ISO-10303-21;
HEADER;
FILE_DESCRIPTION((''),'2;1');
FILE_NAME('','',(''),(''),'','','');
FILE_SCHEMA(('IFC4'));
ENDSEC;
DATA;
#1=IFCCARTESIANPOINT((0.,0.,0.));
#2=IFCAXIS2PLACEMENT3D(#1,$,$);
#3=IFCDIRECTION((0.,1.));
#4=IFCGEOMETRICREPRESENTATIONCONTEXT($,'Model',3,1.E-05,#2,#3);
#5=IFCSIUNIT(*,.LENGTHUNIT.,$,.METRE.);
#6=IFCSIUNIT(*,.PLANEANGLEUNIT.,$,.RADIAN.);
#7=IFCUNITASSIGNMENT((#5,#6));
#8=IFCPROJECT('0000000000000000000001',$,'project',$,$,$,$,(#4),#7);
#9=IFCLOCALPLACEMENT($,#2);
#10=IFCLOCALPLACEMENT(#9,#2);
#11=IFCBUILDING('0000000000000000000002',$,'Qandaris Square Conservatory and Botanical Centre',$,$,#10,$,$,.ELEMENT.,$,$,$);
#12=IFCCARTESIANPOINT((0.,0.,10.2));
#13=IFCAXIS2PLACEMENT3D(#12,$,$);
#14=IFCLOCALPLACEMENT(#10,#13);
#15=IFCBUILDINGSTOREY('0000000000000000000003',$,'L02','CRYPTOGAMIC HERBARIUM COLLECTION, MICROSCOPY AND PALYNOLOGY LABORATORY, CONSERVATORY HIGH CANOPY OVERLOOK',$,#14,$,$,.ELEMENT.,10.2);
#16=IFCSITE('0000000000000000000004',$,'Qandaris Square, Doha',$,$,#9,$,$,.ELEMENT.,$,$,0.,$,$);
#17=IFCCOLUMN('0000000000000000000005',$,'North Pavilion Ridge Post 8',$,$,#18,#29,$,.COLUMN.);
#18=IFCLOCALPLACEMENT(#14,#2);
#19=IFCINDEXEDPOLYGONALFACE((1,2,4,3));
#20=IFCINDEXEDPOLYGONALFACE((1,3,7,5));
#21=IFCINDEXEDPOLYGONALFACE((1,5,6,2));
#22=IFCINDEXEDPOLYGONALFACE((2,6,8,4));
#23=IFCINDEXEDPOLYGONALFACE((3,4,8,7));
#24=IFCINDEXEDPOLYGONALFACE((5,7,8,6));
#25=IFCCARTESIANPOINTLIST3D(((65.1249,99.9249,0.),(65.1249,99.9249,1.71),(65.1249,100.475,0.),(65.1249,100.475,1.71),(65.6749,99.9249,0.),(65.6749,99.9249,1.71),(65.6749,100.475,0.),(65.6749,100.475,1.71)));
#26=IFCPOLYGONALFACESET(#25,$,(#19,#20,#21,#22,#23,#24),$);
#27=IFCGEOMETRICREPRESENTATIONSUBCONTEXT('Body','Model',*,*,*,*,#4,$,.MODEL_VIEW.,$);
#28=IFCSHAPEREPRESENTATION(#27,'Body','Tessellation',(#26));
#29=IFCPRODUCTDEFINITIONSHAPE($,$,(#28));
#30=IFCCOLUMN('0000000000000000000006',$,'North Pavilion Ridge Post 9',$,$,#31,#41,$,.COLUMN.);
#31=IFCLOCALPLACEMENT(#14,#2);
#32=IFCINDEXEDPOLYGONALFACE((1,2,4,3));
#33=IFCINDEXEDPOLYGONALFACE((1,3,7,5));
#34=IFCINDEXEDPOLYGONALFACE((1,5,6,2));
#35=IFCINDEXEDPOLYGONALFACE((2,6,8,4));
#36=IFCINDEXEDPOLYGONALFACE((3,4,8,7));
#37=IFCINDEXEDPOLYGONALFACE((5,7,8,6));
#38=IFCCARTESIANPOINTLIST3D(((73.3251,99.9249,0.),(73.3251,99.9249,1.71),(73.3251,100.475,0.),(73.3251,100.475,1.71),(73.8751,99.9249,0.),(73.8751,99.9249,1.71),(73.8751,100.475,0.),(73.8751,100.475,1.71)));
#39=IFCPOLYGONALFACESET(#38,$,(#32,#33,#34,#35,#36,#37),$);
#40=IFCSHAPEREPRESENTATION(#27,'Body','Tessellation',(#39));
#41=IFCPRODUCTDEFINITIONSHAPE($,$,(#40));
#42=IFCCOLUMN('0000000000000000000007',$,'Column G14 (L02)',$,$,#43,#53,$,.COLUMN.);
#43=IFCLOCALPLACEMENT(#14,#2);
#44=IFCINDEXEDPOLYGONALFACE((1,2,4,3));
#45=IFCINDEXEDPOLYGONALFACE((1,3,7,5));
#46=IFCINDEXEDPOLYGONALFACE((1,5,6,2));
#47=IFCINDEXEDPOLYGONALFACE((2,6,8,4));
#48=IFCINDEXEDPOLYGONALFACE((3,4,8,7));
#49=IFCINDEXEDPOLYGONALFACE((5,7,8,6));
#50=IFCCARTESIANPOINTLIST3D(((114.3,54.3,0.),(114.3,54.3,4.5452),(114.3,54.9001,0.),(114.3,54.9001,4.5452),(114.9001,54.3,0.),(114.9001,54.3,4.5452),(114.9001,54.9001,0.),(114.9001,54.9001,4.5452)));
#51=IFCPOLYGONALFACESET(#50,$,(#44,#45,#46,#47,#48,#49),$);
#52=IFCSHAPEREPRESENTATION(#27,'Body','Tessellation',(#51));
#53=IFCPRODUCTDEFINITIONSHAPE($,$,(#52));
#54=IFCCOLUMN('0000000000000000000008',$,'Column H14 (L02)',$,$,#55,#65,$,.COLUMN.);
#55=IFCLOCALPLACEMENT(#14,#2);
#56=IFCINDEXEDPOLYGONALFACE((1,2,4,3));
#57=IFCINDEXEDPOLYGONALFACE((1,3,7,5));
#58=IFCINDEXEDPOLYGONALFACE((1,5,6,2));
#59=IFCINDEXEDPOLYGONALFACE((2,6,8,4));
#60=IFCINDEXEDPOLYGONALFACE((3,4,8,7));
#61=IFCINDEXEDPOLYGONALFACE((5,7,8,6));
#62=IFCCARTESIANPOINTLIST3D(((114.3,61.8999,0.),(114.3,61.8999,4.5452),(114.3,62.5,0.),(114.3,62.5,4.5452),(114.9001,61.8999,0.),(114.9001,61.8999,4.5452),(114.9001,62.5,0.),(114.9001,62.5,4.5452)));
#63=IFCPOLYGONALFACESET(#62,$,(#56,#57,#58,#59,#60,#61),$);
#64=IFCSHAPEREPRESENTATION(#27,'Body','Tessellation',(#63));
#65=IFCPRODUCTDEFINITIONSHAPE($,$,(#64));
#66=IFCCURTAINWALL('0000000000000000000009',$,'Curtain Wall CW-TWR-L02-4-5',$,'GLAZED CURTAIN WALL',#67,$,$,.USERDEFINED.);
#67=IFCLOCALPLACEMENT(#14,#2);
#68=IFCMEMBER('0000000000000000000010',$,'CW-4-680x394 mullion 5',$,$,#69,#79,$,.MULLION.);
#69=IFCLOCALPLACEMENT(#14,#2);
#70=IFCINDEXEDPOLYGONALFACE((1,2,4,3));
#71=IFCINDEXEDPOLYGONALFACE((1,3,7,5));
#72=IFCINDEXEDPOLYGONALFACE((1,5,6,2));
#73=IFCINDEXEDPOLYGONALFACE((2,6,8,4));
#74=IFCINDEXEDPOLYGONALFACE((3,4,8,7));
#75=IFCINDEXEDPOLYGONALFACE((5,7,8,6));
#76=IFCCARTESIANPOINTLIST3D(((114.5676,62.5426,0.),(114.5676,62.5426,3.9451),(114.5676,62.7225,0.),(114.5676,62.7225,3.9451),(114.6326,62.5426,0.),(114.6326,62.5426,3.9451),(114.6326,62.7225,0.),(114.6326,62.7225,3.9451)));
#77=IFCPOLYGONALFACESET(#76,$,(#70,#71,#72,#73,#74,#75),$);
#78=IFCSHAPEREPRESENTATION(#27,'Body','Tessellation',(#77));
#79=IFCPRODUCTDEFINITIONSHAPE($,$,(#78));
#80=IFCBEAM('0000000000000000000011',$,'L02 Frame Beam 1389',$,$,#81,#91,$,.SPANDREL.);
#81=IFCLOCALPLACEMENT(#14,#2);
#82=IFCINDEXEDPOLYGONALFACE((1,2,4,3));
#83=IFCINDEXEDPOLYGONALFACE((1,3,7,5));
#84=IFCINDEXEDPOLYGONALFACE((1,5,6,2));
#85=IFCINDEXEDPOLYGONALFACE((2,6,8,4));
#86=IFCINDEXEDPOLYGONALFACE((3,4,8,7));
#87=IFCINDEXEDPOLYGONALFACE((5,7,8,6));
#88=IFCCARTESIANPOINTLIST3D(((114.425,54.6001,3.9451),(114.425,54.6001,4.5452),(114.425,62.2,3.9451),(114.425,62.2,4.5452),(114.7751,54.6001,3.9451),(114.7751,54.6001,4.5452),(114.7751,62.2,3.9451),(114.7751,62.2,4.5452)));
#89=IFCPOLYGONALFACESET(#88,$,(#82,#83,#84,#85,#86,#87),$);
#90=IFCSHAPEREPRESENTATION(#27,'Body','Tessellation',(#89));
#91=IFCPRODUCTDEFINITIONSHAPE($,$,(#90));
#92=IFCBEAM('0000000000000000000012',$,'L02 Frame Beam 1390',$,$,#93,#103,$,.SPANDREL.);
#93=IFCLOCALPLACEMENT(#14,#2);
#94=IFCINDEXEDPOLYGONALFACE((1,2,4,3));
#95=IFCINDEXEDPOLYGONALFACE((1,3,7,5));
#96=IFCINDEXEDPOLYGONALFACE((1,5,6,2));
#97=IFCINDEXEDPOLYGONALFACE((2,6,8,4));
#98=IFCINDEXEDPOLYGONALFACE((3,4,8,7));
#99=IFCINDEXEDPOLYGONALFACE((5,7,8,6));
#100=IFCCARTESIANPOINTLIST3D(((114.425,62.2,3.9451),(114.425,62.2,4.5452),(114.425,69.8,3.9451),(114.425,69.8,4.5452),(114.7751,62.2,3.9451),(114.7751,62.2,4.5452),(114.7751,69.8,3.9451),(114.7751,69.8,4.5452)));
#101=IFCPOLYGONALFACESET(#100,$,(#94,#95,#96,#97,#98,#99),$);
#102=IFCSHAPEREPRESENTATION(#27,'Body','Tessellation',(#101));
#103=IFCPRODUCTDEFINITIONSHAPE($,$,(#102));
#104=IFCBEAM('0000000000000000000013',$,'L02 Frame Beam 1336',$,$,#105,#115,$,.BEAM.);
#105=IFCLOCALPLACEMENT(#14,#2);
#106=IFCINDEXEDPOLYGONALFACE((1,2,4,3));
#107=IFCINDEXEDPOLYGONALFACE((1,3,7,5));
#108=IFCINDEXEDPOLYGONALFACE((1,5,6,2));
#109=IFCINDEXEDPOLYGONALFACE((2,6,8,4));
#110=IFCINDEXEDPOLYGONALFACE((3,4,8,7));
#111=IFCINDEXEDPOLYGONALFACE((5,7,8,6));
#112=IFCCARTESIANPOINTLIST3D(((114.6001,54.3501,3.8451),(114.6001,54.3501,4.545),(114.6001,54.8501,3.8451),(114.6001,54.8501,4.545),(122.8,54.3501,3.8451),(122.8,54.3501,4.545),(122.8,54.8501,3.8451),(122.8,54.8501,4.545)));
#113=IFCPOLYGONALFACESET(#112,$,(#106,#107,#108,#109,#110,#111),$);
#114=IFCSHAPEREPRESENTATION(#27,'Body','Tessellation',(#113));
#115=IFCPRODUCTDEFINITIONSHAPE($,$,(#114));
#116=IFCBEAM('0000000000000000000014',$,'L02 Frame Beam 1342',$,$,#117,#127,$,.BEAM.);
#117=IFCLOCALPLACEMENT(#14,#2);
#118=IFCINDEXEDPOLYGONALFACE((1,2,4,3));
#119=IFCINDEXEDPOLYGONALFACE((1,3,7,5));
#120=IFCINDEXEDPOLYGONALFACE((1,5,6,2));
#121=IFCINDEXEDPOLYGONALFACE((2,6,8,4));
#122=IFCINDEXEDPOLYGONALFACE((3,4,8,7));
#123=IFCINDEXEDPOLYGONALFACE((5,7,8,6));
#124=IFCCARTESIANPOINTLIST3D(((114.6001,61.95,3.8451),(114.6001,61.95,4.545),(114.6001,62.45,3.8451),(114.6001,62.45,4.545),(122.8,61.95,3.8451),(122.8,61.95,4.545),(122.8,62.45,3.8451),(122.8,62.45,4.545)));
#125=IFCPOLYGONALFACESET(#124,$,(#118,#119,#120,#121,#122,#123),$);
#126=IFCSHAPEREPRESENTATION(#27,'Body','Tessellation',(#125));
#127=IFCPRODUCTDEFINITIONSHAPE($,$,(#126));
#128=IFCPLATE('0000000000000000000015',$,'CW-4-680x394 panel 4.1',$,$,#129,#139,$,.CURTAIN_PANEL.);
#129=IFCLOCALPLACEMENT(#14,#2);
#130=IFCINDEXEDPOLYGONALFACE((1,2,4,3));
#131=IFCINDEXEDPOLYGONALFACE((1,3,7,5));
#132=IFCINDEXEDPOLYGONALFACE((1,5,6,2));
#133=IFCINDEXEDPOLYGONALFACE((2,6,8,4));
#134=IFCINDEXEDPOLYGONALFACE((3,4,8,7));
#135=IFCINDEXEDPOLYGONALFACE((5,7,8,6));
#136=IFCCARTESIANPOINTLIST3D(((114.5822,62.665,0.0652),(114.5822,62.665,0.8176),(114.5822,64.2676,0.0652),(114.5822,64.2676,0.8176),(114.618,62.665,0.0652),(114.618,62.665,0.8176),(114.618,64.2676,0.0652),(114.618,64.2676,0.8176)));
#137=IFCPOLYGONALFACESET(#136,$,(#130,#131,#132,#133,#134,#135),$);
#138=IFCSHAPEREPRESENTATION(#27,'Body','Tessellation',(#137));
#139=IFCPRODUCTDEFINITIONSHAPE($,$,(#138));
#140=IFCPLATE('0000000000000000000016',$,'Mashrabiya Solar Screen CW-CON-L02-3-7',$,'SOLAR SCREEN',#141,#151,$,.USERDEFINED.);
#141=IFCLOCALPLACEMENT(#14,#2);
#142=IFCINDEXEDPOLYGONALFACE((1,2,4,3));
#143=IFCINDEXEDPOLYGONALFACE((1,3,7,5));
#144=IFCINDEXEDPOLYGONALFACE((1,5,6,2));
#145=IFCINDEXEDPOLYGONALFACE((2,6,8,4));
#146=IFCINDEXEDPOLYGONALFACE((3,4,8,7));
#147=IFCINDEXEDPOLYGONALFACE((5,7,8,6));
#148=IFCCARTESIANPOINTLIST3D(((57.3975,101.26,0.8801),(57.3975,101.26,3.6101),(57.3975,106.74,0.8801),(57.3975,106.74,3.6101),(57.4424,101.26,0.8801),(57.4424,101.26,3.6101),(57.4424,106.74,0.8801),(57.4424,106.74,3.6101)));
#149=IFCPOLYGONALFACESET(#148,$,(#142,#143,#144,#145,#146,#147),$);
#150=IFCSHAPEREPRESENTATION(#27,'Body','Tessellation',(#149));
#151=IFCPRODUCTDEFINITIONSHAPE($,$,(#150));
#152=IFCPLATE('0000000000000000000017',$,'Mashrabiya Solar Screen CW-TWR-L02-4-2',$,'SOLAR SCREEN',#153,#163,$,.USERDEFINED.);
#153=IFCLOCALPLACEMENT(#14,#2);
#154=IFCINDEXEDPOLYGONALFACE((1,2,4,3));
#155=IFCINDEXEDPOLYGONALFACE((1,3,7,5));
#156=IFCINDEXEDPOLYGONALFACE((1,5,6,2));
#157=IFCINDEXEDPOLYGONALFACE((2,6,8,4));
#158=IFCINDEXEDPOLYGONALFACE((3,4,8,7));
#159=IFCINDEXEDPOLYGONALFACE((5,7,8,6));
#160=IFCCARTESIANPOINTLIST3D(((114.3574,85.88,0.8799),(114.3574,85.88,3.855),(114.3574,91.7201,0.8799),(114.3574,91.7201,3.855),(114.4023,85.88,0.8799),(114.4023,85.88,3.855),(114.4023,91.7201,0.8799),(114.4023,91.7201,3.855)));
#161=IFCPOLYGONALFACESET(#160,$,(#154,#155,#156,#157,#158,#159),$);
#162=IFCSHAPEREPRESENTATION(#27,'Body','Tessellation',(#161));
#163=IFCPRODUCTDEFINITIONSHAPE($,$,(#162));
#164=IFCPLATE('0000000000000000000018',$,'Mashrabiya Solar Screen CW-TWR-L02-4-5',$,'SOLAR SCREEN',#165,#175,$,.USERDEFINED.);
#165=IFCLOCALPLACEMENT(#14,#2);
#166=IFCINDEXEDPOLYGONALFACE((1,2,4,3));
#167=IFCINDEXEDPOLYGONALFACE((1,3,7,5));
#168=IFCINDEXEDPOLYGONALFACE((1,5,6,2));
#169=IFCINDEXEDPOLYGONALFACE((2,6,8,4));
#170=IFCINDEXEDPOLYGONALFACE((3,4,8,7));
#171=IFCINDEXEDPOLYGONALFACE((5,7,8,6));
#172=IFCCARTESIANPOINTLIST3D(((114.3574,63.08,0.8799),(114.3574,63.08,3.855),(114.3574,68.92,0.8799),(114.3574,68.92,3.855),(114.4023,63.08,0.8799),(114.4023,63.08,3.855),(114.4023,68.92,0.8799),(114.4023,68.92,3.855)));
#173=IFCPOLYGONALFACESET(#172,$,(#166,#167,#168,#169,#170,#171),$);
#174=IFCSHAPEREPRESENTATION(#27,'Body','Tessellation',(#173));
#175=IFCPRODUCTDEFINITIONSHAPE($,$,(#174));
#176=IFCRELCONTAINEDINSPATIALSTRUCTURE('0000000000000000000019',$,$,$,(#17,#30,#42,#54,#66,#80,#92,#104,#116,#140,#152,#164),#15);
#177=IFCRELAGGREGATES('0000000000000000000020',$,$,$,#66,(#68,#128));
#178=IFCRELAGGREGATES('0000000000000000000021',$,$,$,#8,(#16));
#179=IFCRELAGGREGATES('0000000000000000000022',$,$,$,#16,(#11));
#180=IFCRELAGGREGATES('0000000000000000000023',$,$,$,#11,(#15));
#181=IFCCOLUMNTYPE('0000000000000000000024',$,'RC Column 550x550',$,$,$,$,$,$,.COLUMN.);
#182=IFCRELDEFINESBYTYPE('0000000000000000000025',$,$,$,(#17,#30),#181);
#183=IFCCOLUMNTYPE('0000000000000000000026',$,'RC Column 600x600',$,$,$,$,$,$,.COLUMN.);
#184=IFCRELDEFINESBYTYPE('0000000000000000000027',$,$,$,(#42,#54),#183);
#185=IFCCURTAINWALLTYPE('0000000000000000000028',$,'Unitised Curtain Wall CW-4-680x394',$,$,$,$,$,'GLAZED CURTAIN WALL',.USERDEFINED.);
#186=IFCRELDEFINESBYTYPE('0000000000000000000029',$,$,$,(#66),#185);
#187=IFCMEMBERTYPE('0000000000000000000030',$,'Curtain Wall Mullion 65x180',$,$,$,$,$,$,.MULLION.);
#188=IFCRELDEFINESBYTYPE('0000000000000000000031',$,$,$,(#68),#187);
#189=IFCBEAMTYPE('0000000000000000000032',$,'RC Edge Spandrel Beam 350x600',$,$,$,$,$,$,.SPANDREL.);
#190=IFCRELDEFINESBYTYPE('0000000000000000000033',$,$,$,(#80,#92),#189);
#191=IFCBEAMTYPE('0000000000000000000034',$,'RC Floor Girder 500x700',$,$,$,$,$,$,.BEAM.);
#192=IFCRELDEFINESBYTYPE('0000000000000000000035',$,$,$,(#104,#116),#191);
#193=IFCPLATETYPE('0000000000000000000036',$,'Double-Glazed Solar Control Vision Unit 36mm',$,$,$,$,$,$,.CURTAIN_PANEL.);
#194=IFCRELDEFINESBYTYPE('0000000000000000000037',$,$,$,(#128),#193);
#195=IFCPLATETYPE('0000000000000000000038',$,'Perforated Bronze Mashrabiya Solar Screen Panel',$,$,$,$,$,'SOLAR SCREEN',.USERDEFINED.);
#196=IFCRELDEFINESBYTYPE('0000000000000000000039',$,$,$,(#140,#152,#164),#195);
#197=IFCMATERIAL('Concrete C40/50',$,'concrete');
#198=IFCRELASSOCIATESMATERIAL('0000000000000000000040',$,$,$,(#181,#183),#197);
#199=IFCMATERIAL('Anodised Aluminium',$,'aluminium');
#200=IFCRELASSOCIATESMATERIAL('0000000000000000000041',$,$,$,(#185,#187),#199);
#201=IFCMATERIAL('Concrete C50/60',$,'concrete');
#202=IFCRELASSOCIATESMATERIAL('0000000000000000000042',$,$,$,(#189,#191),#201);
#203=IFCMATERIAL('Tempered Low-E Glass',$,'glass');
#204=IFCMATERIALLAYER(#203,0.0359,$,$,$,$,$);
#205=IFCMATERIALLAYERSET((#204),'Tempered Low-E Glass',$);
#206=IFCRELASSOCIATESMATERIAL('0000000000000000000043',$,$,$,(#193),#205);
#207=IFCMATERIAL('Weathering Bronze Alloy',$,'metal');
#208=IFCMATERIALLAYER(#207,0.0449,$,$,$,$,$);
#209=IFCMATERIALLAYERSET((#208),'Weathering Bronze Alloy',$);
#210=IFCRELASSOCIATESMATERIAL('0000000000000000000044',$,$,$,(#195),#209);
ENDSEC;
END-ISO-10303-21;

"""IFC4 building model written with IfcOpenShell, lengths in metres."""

from ifc_helpers import new_model, si_unit, direction, frame, origin, origin_2d, place, context, subcontext, project, spatial, rectangle, extrude, material, layer, layer_set, material_profile, profile_set, type_object, element, aggregate, save


model = new_model("IFC4")

# Units and contexts
model_context = context("Model", 3, precision=1e-05, world=origin(), true_north=direction((0.0, 1.0)))
body_context = subcontext(model_context, "Body", "Model", "MODEL_VIEW")
ifc_project = project(units=[si_unit("LENGTHUNIT", "METRE"), si_unit("PLANEANGLEUNIT", "RADIAN")], contexts=[model_context])

# Site, building, storey
site_placement = place(None, origin())
site = spatial("IfcSite", under=ifc_project, at=site_placement, Name="Qandaris Square, Doha", CompositionType="ELEMENT", RefElevation=0.0)
building_placement = place(site_placement, origin())
building = spatial("IfcBuilding", under=site, at=building_placement, Name="Qandaris Square Conservatory and Botanical Centre", CompositionType="ELEMENT")
storey_placement = place(building_placement, frame((0.0, 0.0, 10.2)))
storey = spatial("IfcBuildingStorey", under=building, at=storey_placement, Name="L02", Description="CRYPTOGAMIC HERBARIUM COLLECTION, MICROSCOPY AND PALYNOLOGY LABORATORY, CONSERVATORY HIGH CANOPY OVERLOOK", CompositionType="ELEMENT", Elevation=10.2)

# Columns
ifc_material_1 = material(Name="Concrete C40/50", Category="concrete")
ifc_material_profile_1 = material_profile(ifc_material_1, rectangle(XDim=0.55, YDim=0.55, at=origin_2d()), Name="RC-COL 550x550")
ifc_profile_set_1 = profile_set([ifc_material_profile_1], Name="Concrete C40/50")
column_type_1 = type_object("IfcColumnType", Name="RC Column 550x550", PredefinedType="COLUMN", material=ifc_profile_set_1)
for number, where, z_axis, x_axis, name in (
    (1, (65.3999, 100.2, 0.0), (0.0, 0.0, 1.0), (1.0, 0.0, 0.0), "North Pavilion Ridge Post 8"),
    (2, (73.6001, 100.2, 0.0), (0.0, 0.0, 1.0), (1.0, 0.0, 0.0), "North Pavilion Ridge Post 9"),
):
    element("IfcColumn", number, at=place(storey_placement, frame(where, z_axis=z_axis, x_axis=x_axis)), inside=storey, type_object=column_type_1, Name=name, PredefinedType="COLUMN", context=body_context, shape_type="SweptSolid", body=[
        extrude(rectangle(XDim=0.55, YDim=0.55, at=origin_2d()), origin(), (0.0, 0.0, 1.0), 1.71),
    ])
ifc_material_profile_2 = material_profile(ifc_material_1, rectangle(XDim=0.6001, YDim=0.6001, at=origin_2d()), Name="RC-COL 600x600")
ifc_profile_set_2 = profile_set([ifc_material_profile_2], Name="Concrete C40/50")
column_type_2 = type_object("IfcColumnType", Name="RC Column 600x600", PredefinedType="COLUMN", material=ifc_profile_set_2)
for number, where, z_axis, x_axis, name in (
    (3, (114.6001, 54.6001, 0.0), (0.0, 0.0, 1.0), (1.0, 0.0, 0.0), "Column G14 (L02)"),
    (4, (114.6001, 62.2, 0.0), (0.0, 0.0, 1.0), (1.0, 0.0, 0.0), "Column H14 (L02)"),
):
    element("IfcColumn", number, at=place(storey_placement, frame(where, z_axis=z_axis, x_axis=x_axis)), inside=storey, type_object=column_type_2, Name=name, PredefinedType="COLUMN", context=body_context, shape_type="SweptSolid", body=[
        extrude(rectangle(XDim=0.6001, YDim=0.6001, at=origin_2d()), origin(), (0.0, 0.0, 1.0), 4.5452),
    ])

# Curtain wall, member
ifc_material_2 = material(Name="Anodised Aluminium", Category="aluminium")
curtain_wall_type = type_object("IfcCurtainWallType", Name="Unitised Curtain Wall CW-4-680x394", ElementType="GLAZED CURTAIN WALL", PredefinedType="USERDEFINED", material=ifc_material_2)
curtain_wall_placement = place(storey_placement, origin())
curtain_wall = element("IfcCurtainWall", 5, at=curtain_wall_placement, inside=storey, type_object=curtain_wall_type, Name="Curtain Wall CW-TWR-L02-4-5", ObjectType="GLAZED CURTAIN WALL", PredefinedType="USERDEFINED")
ifc_material_profile_3 = material_profile(ifc_material_2, rectangle(XDim=0.0649, YDim=0.1799, at=origin_2d()), Name="ALU-MUL 65x180")
ifc_profile_set_3 = profile_set([ifc_material_profile_3], Name="Anodised Aluminium")
member_type = type_object("IfcMemberType", Name="Curtain Wall Mullion 65x180", PredefinedType="MULLION", material=ifc_profile_set_3)
member_placement = place(storey_placement, frame((114.6001, 62.6326, 0.0), z_axis=(0.0, 0.0, 1.0), x_axis=(1.0, 0.0, 0.0)))
member = element("IfcMember", 6, at=member_placement, type_object=member_type, Name="CW-4-680x394 mullion 5", PredefinedType="MULLION", context=body_context, shape_type="SweptSolid", body=[
    extrude(rectangle(XDim=0.0649, YDim=0.1799, at=origin_2d()), origin(), (0.0, 0.0, 1.0), 3.9451),
])

# Beams
ifc_material_3 = material(Name="Concrete C50/60", Category="concrete")
ifc_material_profile_4 = material_profile(ifc_material_3, rectangle(XDim=0.3501, YDim=0.6001, at=origin_2d()), Name="RC-SP 350x600")
ifc_profile_set_4 = profile_set([ifc_material_profile_4], Name="Concrete C50/60")
beam_type_1 = type_object("IfcBeamType", Name="RC Edge Spandrel Beam 350x600", PredefinedType="SPANDREL", material=ifc_profile_set_4)
beam_1_placement = place(storey_placement, frame((114.6001, 54.6001, 4.2451), z_axis=(0.0, 1.0, 0.0), x_axis=(-1.0, 0.0, 0.0)))
element("IfcBeam", 7, at=beam_1_placement, inside=storey, type_object=beam_type_1, Name="L02 Frame Beam 1389", PredefinedType="SPANDREL", context=body_context, shape_type="SweptSolid", body=[
    extrude(rectangle(XDim=0.3501, YDim=0.6001, at=origin_2d()), origin(), (0.0, 0.0, 1.0), 7.5999),
])
beam_2_placement = place(storey_placement, frame((114.6001, 62.2, 4.2451), z_axis=(0.0, 1.0, 0.0), x_axis=(-1.0, 0.0, 0.0)))
element("IfcBeam", 8, at=beam_2_placement, inside=storey, type_object=beam_type_1, Name="L02 Frame Beam 1390", PredefinedType="SPANDREL", context=body_context, shape_type="SweptSolid", body=[
    extrude(rectangle(XDim=0.3501, YDim=0.6001, at=origin_2d()), origin(), (0.0, 0.0, 1.0), 7.6001),
])
ifc_material_profile_5 = material_profile(ifc_material_3, rectangle(XDim=0.5, YDim=0.7, at=origin_2d()), Name="RC-BM 500x700")
ifc_profile_set_5 = profile_set([ifc_material_profile_5], Name="Concrete C50/60")
beam_type_2 = type_object("IfcBeamType", Name="RC Floor Girder 500x700", PredefinedType="BEAM", material=ifc_profile_set_5)
for number, where, z_axis, x_axis, name in (
    (9, (114.6001, 54.6001, 4.1951), (1.0, 0.0, 0.0), (0.0, 1.0, 0.0), "L02 Frame Beam 1336"),
    (10, (114.6001, 62.2, 4.1951), (1.0, 0.0, 0.0), (0.0, 1.0, 0.0), "L02 Frame Beam 1342"),
):
    element("IfcBeam", number, at=place(storey_placement, frame(where, z_axis=z_axis, x_axis=x_axis)), inside=storey, type_object=beam_type_2, Name=name, PredefinedType="BEAM", context=body_context, shape_type="SweptSolid", body=[
        extrude(rectangle(XDim=0.5, YDim=0.7, at=origin_2d()), origin(), (0.0, 0.0, 1.0), 8.2),
    ])

# Plate
ifc_material_4 = material(Name="Tempered Low-E Glass", Category="glass")
ifc_layer_1 = layer(ifc_material_4, 0.0359)
ifc_layer_set_1 = layer_set([ifc_layer_1], Name="Tempered Low-E Glass")
plate_type_1 = type_object("IfcPlateType", Name="Double-Glazed Solar Control Vision Unit 36mm", PredefinedType="CURTAIN_PANEL", material=ifc_layer_set_1)
plate_1_placement = place(storey_placement, frame((114.6001, 63.4663, 0.0652), z_axis=(0.0, 0.0, 1.0), x_axis=(0.0, -1.0, 0.0)))
plate_1 = element("IfcPlate", 11, at=plate_1_placement, type_object=plate_type_1, Name="CW-4-680x394 panel 4.1", PredefinedType="CURTAIN_PANEL", context=body_context, shape_type="SweptSolid", body=[
    extrude(rectangle(XDim=1.6025, YDim=0.0359, at=origin_2d()), origin(), (0.0, 0.0, 1.0), 0.7524),
])
aggregate(curtain_wall, [member, plate_1])

# Plates
ifc_material_5 = material(Name="Weathering Bronze Alloy", Category="metal")
ifc_layer_2 = layer(ifc_material_5, 0.0449)
ifc_layer_set_2 = layer_set([ifc_layer_2], Name="Weathering Bronze Alloy")
plate_type_2 = type_object("IfcPlateType", Name="Perforated Bronze Mashrabiya Solar Screen Panel", ElementType="SOLAR SCREEN", PredefinedType="USERDEFINED", material=ifc_layer_set_2)
plate_2_placement = place(storey_placement, frame((57.4199, 104.0, 0.8801), z_axis=(0.0, 0.0, 1.0), x_axis=(0.0, 1.0, 0.0)))
element("IfcPlate", 12, at=plate_2_placement, inside=storey, type_object=plate_type_2, Name="Mashrabiya Solar Screen CW-CON-L02-3-7", ObjectType="SOLAR SCREEN", PredefinedType="USERDEFINED", context=body_context, shape_type="SweptSolid", body=[
    extrude(rectangle(XDim=5.48, YDim=0.0449, at=origin_2d()), origin(), (0.0, 0.0, 1.0), 2.73),
])
for number, where, z_axis, x_axis, name in (
    (13, (114.3799, 88.8, 0.8799), (0.0, 0.0, 1.0), (0.0, -1.0, 0.0), "Mashrabiya Solar Screen CW-TWR-L02-4-2"),
    (14, (114.3799, 66.0, 0.8799), (0.0, 0.0, 1.0), (0.0, -1.0, 0.0), "Mashrabiya Solar Screen CW-TWR-L02-4-5"),
):
    element("IfcPlate", number, at=place(storey_placement, frame(where, z_axis=z_axis, x_axis=x_axis)), inside=storey, type_object=plate_type_2, Name=name, ObjectType="SOLAR SCREEN", PredefinedType="USERDEFINED", context=body_context, shape_type="SweptSolid", body=[
        extrude(rectangle(XDim=5.8401, YDim=0.0449, at=origin_2d()), origin(), (0.0, 0.0, 1.0), 2.9751),
    ])

save(model, "model.ifc")
